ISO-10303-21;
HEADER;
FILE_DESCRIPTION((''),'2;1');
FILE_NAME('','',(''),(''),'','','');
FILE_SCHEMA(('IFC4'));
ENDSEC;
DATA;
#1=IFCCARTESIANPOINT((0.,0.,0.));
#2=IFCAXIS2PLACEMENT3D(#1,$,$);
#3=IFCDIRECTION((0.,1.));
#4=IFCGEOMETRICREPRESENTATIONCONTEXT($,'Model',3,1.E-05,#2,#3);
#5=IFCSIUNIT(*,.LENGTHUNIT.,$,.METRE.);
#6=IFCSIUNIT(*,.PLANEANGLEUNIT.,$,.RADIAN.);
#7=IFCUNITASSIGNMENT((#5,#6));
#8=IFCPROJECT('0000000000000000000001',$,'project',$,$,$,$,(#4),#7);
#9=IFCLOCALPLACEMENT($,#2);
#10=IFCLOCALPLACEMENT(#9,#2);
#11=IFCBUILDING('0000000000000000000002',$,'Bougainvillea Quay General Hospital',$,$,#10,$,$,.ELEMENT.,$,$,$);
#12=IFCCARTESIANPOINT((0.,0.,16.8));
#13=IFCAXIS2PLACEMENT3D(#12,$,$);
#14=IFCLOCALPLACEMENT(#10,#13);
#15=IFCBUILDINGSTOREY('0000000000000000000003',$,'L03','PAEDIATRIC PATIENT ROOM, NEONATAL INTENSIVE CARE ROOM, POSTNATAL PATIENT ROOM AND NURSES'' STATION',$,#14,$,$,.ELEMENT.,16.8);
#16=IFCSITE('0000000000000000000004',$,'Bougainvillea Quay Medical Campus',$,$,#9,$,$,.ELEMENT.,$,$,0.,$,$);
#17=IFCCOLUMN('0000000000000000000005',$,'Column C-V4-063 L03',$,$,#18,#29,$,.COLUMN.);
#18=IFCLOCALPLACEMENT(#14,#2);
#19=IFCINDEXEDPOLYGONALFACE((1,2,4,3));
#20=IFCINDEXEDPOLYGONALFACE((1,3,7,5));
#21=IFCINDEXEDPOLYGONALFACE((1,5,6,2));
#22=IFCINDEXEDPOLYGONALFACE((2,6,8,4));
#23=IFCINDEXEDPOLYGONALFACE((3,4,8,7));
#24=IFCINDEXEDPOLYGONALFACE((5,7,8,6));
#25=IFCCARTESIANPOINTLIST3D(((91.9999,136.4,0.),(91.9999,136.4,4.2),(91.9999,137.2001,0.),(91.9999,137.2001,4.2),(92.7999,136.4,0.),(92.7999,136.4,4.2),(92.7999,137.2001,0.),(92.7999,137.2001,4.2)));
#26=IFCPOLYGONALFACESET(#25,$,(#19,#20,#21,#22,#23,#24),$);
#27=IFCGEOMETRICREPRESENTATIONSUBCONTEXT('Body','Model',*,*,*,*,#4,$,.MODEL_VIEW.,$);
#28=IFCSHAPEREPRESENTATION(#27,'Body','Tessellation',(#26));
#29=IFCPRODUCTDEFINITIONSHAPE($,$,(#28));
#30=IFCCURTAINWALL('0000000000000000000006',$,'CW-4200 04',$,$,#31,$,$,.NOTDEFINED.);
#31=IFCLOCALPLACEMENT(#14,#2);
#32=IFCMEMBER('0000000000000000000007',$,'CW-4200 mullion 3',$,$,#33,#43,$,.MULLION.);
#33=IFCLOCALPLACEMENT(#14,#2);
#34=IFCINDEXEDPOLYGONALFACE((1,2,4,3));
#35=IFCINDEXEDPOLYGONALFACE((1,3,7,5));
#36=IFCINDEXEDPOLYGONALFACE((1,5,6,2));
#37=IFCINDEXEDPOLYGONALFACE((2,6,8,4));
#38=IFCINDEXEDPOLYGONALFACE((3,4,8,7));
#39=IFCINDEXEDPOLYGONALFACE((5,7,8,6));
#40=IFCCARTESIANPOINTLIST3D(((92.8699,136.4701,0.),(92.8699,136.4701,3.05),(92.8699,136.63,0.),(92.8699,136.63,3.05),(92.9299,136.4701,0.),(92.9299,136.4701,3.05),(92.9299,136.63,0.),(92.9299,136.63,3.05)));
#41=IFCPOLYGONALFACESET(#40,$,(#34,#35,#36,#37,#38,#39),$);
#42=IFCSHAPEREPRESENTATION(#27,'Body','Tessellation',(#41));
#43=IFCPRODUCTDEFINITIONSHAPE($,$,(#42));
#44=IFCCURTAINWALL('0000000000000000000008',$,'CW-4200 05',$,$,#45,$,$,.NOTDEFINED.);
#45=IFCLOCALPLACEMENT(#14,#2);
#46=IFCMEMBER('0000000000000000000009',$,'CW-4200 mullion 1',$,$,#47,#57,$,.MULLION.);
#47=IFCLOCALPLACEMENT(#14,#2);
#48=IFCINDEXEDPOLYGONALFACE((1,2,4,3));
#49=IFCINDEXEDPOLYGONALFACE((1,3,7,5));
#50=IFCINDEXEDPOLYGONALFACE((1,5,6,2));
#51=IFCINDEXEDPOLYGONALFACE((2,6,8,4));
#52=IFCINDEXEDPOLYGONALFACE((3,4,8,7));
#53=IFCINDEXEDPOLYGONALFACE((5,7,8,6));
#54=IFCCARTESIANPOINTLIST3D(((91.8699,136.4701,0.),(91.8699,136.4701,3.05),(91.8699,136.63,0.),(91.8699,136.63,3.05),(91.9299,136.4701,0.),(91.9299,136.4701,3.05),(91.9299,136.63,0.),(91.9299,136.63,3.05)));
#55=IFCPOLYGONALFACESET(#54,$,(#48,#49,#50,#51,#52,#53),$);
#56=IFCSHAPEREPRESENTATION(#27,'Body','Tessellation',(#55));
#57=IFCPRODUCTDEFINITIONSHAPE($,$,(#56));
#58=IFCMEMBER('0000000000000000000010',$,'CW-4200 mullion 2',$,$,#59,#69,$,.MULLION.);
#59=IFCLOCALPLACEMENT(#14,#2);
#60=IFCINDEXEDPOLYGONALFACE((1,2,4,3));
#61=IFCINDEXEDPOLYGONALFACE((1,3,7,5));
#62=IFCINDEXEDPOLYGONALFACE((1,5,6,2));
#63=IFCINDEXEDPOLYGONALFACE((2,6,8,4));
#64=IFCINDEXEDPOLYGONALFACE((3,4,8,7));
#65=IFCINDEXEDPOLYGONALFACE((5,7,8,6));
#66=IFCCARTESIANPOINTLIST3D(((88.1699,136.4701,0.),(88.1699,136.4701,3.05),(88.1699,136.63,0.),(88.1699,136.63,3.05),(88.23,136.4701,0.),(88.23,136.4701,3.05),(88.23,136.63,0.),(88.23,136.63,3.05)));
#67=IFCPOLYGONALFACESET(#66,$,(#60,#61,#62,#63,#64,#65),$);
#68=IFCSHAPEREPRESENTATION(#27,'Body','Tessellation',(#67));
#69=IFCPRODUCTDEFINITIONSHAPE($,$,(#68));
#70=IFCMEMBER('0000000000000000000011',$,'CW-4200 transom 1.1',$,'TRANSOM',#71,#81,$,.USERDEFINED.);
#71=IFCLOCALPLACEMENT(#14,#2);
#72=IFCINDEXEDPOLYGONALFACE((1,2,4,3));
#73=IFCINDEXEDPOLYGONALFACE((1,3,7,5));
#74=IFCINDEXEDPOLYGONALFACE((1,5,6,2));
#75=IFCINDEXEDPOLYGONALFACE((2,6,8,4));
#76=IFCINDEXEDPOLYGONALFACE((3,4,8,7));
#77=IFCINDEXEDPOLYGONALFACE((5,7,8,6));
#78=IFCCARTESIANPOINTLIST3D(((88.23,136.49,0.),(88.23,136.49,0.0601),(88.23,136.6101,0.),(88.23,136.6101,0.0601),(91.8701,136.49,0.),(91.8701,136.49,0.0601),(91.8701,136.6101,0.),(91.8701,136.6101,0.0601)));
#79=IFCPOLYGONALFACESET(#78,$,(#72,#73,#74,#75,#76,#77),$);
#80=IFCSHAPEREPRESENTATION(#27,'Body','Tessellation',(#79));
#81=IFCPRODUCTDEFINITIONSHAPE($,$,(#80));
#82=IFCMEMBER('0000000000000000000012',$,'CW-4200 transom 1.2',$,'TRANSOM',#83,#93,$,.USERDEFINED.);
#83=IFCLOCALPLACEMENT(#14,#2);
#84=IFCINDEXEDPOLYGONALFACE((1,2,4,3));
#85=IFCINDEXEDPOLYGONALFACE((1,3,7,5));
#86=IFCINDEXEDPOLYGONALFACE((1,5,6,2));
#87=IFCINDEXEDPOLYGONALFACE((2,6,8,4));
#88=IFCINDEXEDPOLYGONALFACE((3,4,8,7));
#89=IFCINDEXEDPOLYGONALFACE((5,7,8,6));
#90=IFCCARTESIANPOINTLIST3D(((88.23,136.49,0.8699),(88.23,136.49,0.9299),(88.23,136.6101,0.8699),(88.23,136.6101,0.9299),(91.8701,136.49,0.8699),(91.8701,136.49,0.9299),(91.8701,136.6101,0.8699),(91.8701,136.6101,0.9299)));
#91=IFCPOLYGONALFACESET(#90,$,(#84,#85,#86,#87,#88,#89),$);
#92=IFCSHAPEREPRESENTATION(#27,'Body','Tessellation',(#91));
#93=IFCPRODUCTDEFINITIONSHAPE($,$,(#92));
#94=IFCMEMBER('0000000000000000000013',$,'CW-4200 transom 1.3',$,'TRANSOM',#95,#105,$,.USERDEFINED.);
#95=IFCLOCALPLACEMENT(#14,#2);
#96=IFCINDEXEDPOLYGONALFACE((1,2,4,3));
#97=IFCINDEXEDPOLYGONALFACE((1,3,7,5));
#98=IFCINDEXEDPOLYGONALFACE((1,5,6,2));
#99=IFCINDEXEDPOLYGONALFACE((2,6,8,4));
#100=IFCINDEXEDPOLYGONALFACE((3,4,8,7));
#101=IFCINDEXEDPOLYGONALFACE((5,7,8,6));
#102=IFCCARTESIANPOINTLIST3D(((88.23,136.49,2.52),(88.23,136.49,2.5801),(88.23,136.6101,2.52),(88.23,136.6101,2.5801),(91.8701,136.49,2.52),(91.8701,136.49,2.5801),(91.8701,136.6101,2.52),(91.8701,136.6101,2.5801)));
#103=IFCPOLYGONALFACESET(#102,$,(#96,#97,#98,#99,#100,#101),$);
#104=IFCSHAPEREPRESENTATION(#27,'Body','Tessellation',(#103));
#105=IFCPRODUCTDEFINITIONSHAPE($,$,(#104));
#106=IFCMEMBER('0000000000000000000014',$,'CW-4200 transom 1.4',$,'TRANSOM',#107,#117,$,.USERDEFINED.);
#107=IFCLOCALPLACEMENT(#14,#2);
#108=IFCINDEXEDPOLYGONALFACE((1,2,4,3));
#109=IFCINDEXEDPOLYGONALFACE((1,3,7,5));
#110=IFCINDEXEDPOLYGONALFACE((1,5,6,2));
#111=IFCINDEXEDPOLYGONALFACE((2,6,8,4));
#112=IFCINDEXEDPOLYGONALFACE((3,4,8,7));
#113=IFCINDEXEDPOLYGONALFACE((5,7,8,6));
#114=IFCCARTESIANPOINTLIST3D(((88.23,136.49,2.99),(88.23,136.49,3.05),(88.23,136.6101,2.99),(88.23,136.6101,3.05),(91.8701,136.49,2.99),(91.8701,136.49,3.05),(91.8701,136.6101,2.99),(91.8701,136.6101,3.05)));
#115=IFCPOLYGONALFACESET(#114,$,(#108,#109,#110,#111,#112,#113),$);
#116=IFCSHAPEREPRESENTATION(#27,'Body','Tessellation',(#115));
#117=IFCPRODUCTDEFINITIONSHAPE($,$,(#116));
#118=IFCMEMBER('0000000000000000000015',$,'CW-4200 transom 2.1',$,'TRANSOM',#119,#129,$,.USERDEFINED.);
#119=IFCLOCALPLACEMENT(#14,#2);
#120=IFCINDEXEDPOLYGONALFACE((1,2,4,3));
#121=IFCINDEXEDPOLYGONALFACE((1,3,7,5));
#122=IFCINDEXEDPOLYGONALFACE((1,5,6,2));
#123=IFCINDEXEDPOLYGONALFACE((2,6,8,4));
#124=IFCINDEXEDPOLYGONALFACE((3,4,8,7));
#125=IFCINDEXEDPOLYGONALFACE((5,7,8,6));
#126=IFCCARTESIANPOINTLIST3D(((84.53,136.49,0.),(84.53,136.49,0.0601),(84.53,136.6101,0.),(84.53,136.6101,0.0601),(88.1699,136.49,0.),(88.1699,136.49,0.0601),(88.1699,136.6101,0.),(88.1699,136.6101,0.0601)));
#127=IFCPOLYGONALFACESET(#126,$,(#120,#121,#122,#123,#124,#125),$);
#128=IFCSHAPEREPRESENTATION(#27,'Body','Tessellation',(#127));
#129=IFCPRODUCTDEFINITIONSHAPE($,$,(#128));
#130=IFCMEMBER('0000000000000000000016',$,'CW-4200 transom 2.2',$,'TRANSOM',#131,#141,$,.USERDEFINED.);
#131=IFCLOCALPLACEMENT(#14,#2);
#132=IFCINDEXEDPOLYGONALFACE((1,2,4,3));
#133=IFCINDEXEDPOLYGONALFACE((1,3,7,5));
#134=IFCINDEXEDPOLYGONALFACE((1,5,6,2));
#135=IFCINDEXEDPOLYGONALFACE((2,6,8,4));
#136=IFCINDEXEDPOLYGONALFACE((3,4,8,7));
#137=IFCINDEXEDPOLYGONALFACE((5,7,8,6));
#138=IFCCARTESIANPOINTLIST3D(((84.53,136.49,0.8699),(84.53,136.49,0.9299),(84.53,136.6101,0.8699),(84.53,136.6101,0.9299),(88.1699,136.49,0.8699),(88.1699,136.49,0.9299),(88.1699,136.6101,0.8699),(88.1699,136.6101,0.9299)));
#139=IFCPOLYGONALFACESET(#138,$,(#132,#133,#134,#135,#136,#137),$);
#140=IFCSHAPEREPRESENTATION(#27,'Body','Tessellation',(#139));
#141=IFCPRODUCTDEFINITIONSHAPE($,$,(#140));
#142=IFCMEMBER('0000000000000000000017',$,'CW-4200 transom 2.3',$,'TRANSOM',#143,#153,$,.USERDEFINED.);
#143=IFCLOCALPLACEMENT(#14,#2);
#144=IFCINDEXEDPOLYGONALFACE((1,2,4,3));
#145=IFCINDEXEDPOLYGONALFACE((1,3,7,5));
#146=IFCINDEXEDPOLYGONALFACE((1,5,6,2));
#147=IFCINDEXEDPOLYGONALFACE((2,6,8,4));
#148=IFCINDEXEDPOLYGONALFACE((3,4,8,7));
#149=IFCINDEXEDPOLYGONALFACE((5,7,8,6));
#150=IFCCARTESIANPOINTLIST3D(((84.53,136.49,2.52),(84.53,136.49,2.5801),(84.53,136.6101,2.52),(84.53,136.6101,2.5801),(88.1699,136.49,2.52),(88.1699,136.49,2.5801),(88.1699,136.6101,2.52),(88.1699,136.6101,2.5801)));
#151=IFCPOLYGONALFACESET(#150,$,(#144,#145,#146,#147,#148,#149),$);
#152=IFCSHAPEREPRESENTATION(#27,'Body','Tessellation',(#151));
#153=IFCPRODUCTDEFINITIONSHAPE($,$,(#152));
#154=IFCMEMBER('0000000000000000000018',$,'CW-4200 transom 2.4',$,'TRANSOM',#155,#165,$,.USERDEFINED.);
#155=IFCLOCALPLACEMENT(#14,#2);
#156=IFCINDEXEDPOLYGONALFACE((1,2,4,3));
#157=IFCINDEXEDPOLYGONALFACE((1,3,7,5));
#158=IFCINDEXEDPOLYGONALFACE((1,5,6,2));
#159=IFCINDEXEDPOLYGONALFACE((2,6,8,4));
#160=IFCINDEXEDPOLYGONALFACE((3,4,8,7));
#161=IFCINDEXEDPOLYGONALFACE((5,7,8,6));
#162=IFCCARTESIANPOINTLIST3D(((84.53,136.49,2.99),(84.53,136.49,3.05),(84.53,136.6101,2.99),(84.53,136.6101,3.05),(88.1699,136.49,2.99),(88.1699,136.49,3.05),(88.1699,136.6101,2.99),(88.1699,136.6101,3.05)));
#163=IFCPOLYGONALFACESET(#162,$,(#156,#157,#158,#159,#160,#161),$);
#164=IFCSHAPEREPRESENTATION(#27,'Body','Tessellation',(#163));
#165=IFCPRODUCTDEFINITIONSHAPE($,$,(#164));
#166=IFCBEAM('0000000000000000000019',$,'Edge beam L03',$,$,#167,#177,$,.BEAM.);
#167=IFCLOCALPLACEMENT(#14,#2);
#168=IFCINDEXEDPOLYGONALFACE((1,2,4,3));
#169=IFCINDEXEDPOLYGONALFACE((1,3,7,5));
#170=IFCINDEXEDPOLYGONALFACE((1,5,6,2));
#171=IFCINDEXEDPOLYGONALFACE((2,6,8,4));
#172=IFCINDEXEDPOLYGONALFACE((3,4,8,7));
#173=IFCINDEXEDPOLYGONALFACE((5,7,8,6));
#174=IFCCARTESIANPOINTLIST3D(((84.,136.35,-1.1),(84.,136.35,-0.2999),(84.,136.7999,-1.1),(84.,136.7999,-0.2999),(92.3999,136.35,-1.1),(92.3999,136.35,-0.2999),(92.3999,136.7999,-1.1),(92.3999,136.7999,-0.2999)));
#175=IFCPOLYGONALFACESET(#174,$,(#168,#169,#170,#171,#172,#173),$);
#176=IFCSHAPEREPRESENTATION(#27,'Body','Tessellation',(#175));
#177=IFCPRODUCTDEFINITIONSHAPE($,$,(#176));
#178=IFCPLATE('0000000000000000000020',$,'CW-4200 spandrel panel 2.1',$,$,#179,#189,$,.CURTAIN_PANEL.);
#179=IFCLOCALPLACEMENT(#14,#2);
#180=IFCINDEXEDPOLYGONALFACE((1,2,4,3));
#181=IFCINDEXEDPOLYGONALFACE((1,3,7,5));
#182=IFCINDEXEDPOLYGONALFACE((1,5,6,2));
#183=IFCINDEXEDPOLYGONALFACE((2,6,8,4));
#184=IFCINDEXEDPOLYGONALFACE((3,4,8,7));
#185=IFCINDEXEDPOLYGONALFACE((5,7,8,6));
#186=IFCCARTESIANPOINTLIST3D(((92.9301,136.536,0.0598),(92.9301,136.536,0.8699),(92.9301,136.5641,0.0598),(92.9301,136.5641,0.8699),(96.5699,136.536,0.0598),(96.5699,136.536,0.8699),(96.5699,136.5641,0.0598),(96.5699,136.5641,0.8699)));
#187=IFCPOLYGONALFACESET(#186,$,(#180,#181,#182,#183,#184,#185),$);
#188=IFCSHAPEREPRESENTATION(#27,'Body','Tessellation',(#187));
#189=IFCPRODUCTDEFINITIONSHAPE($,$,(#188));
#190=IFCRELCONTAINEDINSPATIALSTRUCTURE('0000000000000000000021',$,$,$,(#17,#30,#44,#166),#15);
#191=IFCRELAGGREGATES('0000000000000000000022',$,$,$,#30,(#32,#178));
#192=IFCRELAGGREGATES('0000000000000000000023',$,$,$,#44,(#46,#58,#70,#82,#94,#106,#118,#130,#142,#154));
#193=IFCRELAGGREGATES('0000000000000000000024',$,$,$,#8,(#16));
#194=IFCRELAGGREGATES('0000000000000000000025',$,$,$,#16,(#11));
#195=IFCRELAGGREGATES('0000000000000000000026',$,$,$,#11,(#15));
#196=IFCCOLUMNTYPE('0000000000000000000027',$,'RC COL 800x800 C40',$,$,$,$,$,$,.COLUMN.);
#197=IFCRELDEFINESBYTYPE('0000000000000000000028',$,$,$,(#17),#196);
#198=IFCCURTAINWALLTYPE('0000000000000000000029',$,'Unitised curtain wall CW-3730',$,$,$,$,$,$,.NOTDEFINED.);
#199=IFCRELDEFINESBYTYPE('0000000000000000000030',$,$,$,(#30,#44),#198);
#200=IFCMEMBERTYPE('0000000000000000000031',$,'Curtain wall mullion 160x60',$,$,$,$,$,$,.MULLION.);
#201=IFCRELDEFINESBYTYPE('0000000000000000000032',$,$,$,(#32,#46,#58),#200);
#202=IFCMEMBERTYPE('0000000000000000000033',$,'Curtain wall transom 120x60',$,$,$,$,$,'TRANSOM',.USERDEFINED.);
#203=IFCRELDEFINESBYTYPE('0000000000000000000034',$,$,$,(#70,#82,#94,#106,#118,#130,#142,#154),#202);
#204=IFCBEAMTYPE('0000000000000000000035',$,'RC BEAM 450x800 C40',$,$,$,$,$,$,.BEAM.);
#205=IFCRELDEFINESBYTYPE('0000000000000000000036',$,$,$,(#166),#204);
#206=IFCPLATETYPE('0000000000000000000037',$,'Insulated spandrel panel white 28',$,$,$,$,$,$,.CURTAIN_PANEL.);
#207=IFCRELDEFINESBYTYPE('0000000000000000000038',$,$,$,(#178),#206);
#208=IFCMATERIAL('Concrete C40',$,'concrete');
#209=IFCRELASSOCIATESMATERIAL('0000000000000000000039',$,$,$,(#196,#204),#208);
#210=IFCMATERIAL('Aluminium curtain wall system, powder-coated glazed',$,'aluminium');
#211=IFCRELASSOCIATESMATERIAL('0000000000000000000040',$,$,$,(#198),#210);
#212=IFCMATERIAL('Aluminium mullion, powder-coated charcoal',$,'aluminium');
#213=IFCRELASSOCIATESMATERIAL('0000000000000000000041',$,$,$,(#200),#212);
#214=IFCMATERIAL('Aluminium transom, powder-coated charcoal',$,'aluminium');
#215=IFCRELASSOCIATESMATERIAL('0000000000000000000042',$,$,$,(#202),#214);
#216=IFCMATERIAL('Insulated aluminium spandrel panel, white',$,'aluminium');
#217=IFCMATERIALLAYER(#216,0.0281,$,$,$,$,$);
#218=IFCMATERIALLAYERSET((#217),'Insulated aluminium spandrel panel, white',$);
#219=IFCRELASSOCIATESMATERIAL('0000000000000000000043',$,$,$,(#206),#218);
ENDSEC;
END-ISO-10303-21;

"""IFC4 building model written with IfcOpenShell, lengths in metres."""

from ifc_helpers import new_model, si_unit, direction, frame, origin, origin_2d, place, context, subcontext, project, spatial, rectangle, extrude, material, layer, layer_set, material_profile, profile_set, type_object, element, aggregate, save


model = new_model("IFC4")

# Units and contexts
model_context = context("Model", 3, precision=1e-05, world=origin(), true_north=direction((0.0, 1.0)))
body_context = subcontext(model_context, "Body", "Model", "MODEL_VIEW")
ifc_project = project(units=[si_unit("LENGTHUNIT", "METRE"), si_unit("PLANEANGLEUNIT", "RADIAN")], contexts=[model_context])

# Site, building, storey
site_placement = place(None, origin())
site = spatial("IfcSite", under=ifc_project, at=site_placement, Name="Bougainvillea Quay Medical Campus", CompositionType="ELEMENT", RefElevation=0.0)
building_placement = place(site_placement, origin())
building = spatial("IfcBuilding", under=site, at=building_placement, Name="Bougainvillea Quay General Hospital", CompositionType="ELEMENT")
storey_placement = place(building_placement, frame((0.0, 0.0, 16.8)))
storey = spatial("IfcBuildingStorey", under=building, at=storey_placement, Name="L03", Description="PAEDIATRIC PATIENT ROOM, NEONATAL INTENSIVE CARE ROOM, POSTNATAL PATIENT ROOM AND NURSES' STATION", CompositionType="ELEMENT", Elevation=16.8)

# Column
ifc_material_1 = material(Name="Concrete C40", Category="concrete")
ifc_material_profile_1 = material_profile(ifc_material_1, rectangle(XDim=0.8, YDim=0.8, at=origin_2d()))
ifc_profile_set_1 = profile_set([ifc_material_profile_1], Name="Concrete C40")
column_type = type_object("IfcColumnType", Name="RC COL 800x800 C40", PredefinedType="COLUMN", material=ifc_profile_set_1)
column_placement = place(storey_placement, frame((92.3999, 136.8, 0.0), z_axis=(0.0, 0.0, 1.0), x_axis=(1.0, 0.0, 0.0)))
element("IfcColumn", 1, at=column_placement, inside=storey, type_object=column_type, Name="Column C-V4-063 L03", PredefinedType="COLUMN", context=body_context, shape_type="SweptSolid", body=[
    extrude(rectangle(XDim=0.8, YDim=0.8, at=origin_2d()), origin(), (0.0, 0.0, 1.0), 4.2),
])

# Curtain wall, member
ifc_material_2 = material(Name="Aluminium curtain wall system, powder-coated glazed", Category="aluminium")
curtain_wall_type = type_object("IfcCurtainWallType", Name="Unitised curtain wall CW-3730", PredefinedType="NOTDEFINED", material=ifc_material_2)
curtain_wall_1_placement = place(storey_placement, origin())
curtain_wall_1 = element("IfcCurtainWall", 2, at=curtain_wall_1_placement, inside=storey, type_object=curtain_wall_type, Name="CW-4200 04", PredefinedType="NOTDEFINED")
ifc_material_3 = material(Name="Aluminium mullion, powder-coated charcoal", Category="aluminium")
ifc_material_profile_2 = material_profile(ifc_material_3, rectangle(XDim=0.1599, YDim=0.0601, at=origin_2d()))
ifc_profile_set_2 = profile_set([ifc_material_profile_2], Name="Aluminium mullion, powder-coated charcoal")
member_type_1 = type_object("IfcMemberType", Name="Curtain wall mullion 160x60", PredefinedType="MULLION", material=ifc_profile_set_2)
member_1_placement = place(storey_placement, frame((92.8999, 136.55, 0.0), z_axis=(0.0, 0.0, 1.0), x_axis=(0.0, -1.0, 0.0)))
member_1 = element("IfcMember", 3, at=member_1_placement, type_object=member_type_1, Name="CW-4200 mullion 3", PredefinedType="MULLION", context=body_context, shape_type="SweptSolid", body=[
    extrude(rectangle(XDim=0.1599, YDim=0.0601, at=origin_2d()), origin(), (0.0, 0.0, 1.0), 3.05),
])

# Curtain wall, members
curtain_wall_2_placement = place(storey_placement, origin())
curtain_wall_2 = element("IfcCurtainWall", 4, at=curtain_wall_2_placement, inside=storey, type_object=curtain_wall_type, Name="CW-4200 05", PredefinedType="NOTDEFINED")
member_2_placement = place(storey_placement, frame((91.8999, 136.55, 0.0), z_axis=(0.0, 0.0, 1.0), x_axis=(0.0, -1.0, 0.0)))
member_2 = element("IfcMember", 5, at=member_2_placement, type_object=member_type_1, Name="CW-4200 mullion 1", PredefinedType="MULLION", context=body_context, shape_type="SweptSolid", body=[
    extrude(rectangle(XDim=0.1599, YDim=0.0601, at=origin_2d()), origin(), (0.0, 0.0, 1.0), 3.05),
])
member_3_placement = place(storey_placement, frame((88.2, 136.55, 0.0), z_axis=(0.0, 0.0, 1.0), x_axis=(0.0, -1.0, 0.0)))
member_3 = element("IfcMember", 6, at=member_3_placement, type_object=member_type_1, Name="CW-4200 mullion 2", PredefinedType="MULLION", context=body_context, shape_type="SweptSolid", body=[
    extrude(rectangle(XDim=0.1599, YDim=0.0601, at=origin_2d()), origin(), (0.0, 0.0, 1.0), 3.05),
])
ifc_material_4 = material(Name="Aluminium transom, powder-coated charcoal", Category="aluminium")
ifc_material_profile_3 = material_profile(ifc_material_4, rectangle(XDim=0.1201, YDim=0.0601, at=origin_2d()))
ifc_profile_set_3 = profile_set([ifc_material_profile_3], Name="Aluminium transom, powder-coated charcoal")
member_type_2 = type_object("IfcMemberType", Name="Curtain wall transom 120x60", ElementType="TRANSOM", PredefinedType="USERDEFINED", material=ifc_profile_set_3)
member_4_placement = place(storey_placement, frame((91.8701, 136.55, 0.03), z_axis=(-1.0, 0.0, 0.0), x_axis=(0.0, -1.0, 0.0)))
member_4 = element("IfcMember", 7, at=member_4_placement, type_object=member_type_2, Name="CW-4200 transom 1.1", ObjectType="TRANSOM", PredefinedType="USERDEFINED", context=body_context, shape_type="SweptSolid", body=[
    extrude(rectangle(XDim=0.1201, YDim=0.0601, at=origin_2d()), origin(), (0.0, 0.0, 1.0), 3.6401),
])
member_5_placement = place(storey_placement, frame((91.8701, 136.55, 0.8999), z_axis=(-1.0, 0.0, 0.0), x_axis=(0.0, -1.0, 0.0)))
member_5 = element("IfcMember", 8, at=member_5_placement, type_object=member_type_2, Name="CW-4200 transom 1.2", ObjectType="TRANSOM", PredefinedType="USERDEFINED", context=body_context, shape_type="SweptSolid", body=[
    extrude(rectangle(XDim=0.1201, YDim=0.0601, at=origin_2d()), origin(), (0.0, 0.0, 1.0), 3.6401),
])
member_6_placement = place(storey_placement, frame((91.8701, 136.55, 2.55), z_axis=(-1.0, 0.0, 0.0), x_axis=(0.0, -1.0, 0.0)))
member_6 = element("IfcMember", 9, at=member_6_placement, type_object=member_type_2, Name="CW-4200 transom 1.3", ObjectType="TRANSOM", PredefinedType="USERDEFINED", context=body_context, shape_type="SweptSolid", body=[
    extrude(rectangle(XDim=0.1201, YDim=0.0601, at=origin_2d()), origin(), (0.0, 0.0, 1.0), 3.6401),
])
member_7_placement = place(storey_placement, frame((91.8701, 136.55, 3.02), z_axis=(-1.0, 0.0, 0.0), x_axis=(0.0, -1.0, 0.0)))
member_7 = element("IfcMember", 10, at=member_7_placement, type_object=member_type_2, Name="CW-4200 transom 1.4", ObjectType="TRANSOM", PredefinedType="USERDEFINED", context=body_context, shape_type="SweptSolid", body=[
    extrude(rectangle(XDim=0.1201, YDim=0.0601, at=origin_2d()), origin(), (0.0, 0.0, 1.0), 3.6401),
])
member_8_placement = place(storey_placement, frame((88.1699, 136.55, 0.03), z_axis=(-1.0, 0.0, 0.0), x_axis=(0.0, -1.0, 0.0)))
member_8 = element("IfcMember", 11, at=member_8_placement, type_object=member_type_2, Name="CW-4200 transom 2.1", ObjectType="TRANSOM", PredefinedType="USERDEFINED", context=body_context, shape_type="SweptSolid", body=[
    extrude(rectangle(XDim=0.1201, YDim=0.0601, at=origin_2d()), origin(), (0.0, 0.0, 1.0), 3.6399),
])
member_9_placement = place(storey_placement, frame((88.1699, 136.55, 0.8999), z_axis=(-1.0, 0.0, 0.0), x_axis=(0.0, -1.0, 0.0)))
member_9 = element("IfcMember", 12, at=member_9_placement, type_object=member_type_2, Name="CW-4200 transom 2.2", ObjectType="TRANSOM", PredefinedType="USERDEFINED", context=body_context, shape_type="SweptSolid", body=[
    extrude(rectangle(XDim=0.1201, YDim=0.0601, at=origin_2d()), origin(), (0.0, 0.0, 1.0), 3.6399),
])
member_10_placement = place(storey_placement, frame((88.1699, 136.55, 2.55), z_axis=(-1.0, 0.0, 0.0), x_axis=(0.0, -1.0, 0.0)))
member_10 = element("IfcMember", 13, at=member_10_placement, type_object=member_type_2, Name="CW-4200 transom 2.3", ObjectType="TRANSOM", PredefinedType="USERDEFINED", context=body_context, shape_type="SweptSolid", body=[
    extrude(rectangle(XDim=0.1201, YDim=0.0601, at=origin_2d()), origin(), (0.0, 0.0, 1.0), 3.6399),
])
member_11_placement = place(storey_placement, frame((88.1699, 136.55, 3.02), z_axis=(-1.0, 0.0, 0.0), x_axis=(0.0, -1.0, 0.0)))
member_11 = element("IfcMember", 14, at=member_11_placement, type_object=member_type_2, Name="CW-4200 transom 2.4", ObjectType="TRANSOM", PredefinedType="USERDEFINED", context=body_context, shape_type="SweptSolid", body=[
    extrude(rectangle(XDim=0.1201, YDim=0.0601, at=origin_2d()), origin(), (0.0, 0.0, 1.0), 3.6399),
])

# Beam
ifc_material_profile_4 = material_profile(ifc_material_1, rectangle(XDim=0.45, YDim=0.8, at=origin_2d()))
ifc_profile_set_4 = profile_set([ifc_material_profile_4], Name="Concrete C40")
beam_type = type_object("IfcBeamType", Name="RC BEAM 450x800 C40", PredefinedType="BEAM", material=ifc_profile_set_4)
beam_placement = place(storey_placement, frame((92.3999, 136.575, -0.7), z_axis=(-1.0, 0.0, 0.0), x_axis=(0.0, -1.0, 0.0)))
element("IfcBeam", 15, at=beam_placement, inside=storey, type_object=beam_type, Name="Edge beam L03", PredefinedType="BEAM", context=body_context, shape_type="SweptSolid", body=[
    extrude(rectangle(XDim=0.45, YDim=0.8, at=origin_2d()), origin(), (0.0, 0.0, 1.0), 8.3999),
])

# Plate
ifc_material_5 = material(Name="Insulated aluminium spandrel panel, white", Category="aluminium")
ifc_layer_1 = layer(ifc_material_5, 0.0281)
ifc_layer_set_1 = layer_set([ifc_layer_1], Name="Insulated aluminium spandrel panel, white")
plate_type_1 = type_object("IfcPlateType", Name="Insulated spandrel panel white 28", PredefinedType="CURTAIN_PANEL", material=ifc_layer_set_1)
plate_1_placement = place(storey_placement, frame((94.75, 136.55, 0.0598), z_axis=(0.0, 0.0, 1.0), x_axis=(-1.0, 0.0, 0.0)))
plate_1 = element("IfcPlate", 16, at=plate_1_placement, type_object=plate_type_1, Name="CW-4200 spandrel panel 2.1", PredefinedType="CURTAIN_PANEL", context=body_context, shape_type="SweptSolid", body=[
    extrude(rectangle(XDim=3.6399, YDim=0.0281, at=origin_2d()), origin(), (0.0, 0.0, 1.0), 0.8101),
])
aggregate(curtain_wall_1, [member_1, plate_1])
aggregate(curtain_wall_2, [member_2, member_3, member_4, member_5, member_6, member_7, member_8, member_9, member_10, member_11])

save(model, "model.ifc")
